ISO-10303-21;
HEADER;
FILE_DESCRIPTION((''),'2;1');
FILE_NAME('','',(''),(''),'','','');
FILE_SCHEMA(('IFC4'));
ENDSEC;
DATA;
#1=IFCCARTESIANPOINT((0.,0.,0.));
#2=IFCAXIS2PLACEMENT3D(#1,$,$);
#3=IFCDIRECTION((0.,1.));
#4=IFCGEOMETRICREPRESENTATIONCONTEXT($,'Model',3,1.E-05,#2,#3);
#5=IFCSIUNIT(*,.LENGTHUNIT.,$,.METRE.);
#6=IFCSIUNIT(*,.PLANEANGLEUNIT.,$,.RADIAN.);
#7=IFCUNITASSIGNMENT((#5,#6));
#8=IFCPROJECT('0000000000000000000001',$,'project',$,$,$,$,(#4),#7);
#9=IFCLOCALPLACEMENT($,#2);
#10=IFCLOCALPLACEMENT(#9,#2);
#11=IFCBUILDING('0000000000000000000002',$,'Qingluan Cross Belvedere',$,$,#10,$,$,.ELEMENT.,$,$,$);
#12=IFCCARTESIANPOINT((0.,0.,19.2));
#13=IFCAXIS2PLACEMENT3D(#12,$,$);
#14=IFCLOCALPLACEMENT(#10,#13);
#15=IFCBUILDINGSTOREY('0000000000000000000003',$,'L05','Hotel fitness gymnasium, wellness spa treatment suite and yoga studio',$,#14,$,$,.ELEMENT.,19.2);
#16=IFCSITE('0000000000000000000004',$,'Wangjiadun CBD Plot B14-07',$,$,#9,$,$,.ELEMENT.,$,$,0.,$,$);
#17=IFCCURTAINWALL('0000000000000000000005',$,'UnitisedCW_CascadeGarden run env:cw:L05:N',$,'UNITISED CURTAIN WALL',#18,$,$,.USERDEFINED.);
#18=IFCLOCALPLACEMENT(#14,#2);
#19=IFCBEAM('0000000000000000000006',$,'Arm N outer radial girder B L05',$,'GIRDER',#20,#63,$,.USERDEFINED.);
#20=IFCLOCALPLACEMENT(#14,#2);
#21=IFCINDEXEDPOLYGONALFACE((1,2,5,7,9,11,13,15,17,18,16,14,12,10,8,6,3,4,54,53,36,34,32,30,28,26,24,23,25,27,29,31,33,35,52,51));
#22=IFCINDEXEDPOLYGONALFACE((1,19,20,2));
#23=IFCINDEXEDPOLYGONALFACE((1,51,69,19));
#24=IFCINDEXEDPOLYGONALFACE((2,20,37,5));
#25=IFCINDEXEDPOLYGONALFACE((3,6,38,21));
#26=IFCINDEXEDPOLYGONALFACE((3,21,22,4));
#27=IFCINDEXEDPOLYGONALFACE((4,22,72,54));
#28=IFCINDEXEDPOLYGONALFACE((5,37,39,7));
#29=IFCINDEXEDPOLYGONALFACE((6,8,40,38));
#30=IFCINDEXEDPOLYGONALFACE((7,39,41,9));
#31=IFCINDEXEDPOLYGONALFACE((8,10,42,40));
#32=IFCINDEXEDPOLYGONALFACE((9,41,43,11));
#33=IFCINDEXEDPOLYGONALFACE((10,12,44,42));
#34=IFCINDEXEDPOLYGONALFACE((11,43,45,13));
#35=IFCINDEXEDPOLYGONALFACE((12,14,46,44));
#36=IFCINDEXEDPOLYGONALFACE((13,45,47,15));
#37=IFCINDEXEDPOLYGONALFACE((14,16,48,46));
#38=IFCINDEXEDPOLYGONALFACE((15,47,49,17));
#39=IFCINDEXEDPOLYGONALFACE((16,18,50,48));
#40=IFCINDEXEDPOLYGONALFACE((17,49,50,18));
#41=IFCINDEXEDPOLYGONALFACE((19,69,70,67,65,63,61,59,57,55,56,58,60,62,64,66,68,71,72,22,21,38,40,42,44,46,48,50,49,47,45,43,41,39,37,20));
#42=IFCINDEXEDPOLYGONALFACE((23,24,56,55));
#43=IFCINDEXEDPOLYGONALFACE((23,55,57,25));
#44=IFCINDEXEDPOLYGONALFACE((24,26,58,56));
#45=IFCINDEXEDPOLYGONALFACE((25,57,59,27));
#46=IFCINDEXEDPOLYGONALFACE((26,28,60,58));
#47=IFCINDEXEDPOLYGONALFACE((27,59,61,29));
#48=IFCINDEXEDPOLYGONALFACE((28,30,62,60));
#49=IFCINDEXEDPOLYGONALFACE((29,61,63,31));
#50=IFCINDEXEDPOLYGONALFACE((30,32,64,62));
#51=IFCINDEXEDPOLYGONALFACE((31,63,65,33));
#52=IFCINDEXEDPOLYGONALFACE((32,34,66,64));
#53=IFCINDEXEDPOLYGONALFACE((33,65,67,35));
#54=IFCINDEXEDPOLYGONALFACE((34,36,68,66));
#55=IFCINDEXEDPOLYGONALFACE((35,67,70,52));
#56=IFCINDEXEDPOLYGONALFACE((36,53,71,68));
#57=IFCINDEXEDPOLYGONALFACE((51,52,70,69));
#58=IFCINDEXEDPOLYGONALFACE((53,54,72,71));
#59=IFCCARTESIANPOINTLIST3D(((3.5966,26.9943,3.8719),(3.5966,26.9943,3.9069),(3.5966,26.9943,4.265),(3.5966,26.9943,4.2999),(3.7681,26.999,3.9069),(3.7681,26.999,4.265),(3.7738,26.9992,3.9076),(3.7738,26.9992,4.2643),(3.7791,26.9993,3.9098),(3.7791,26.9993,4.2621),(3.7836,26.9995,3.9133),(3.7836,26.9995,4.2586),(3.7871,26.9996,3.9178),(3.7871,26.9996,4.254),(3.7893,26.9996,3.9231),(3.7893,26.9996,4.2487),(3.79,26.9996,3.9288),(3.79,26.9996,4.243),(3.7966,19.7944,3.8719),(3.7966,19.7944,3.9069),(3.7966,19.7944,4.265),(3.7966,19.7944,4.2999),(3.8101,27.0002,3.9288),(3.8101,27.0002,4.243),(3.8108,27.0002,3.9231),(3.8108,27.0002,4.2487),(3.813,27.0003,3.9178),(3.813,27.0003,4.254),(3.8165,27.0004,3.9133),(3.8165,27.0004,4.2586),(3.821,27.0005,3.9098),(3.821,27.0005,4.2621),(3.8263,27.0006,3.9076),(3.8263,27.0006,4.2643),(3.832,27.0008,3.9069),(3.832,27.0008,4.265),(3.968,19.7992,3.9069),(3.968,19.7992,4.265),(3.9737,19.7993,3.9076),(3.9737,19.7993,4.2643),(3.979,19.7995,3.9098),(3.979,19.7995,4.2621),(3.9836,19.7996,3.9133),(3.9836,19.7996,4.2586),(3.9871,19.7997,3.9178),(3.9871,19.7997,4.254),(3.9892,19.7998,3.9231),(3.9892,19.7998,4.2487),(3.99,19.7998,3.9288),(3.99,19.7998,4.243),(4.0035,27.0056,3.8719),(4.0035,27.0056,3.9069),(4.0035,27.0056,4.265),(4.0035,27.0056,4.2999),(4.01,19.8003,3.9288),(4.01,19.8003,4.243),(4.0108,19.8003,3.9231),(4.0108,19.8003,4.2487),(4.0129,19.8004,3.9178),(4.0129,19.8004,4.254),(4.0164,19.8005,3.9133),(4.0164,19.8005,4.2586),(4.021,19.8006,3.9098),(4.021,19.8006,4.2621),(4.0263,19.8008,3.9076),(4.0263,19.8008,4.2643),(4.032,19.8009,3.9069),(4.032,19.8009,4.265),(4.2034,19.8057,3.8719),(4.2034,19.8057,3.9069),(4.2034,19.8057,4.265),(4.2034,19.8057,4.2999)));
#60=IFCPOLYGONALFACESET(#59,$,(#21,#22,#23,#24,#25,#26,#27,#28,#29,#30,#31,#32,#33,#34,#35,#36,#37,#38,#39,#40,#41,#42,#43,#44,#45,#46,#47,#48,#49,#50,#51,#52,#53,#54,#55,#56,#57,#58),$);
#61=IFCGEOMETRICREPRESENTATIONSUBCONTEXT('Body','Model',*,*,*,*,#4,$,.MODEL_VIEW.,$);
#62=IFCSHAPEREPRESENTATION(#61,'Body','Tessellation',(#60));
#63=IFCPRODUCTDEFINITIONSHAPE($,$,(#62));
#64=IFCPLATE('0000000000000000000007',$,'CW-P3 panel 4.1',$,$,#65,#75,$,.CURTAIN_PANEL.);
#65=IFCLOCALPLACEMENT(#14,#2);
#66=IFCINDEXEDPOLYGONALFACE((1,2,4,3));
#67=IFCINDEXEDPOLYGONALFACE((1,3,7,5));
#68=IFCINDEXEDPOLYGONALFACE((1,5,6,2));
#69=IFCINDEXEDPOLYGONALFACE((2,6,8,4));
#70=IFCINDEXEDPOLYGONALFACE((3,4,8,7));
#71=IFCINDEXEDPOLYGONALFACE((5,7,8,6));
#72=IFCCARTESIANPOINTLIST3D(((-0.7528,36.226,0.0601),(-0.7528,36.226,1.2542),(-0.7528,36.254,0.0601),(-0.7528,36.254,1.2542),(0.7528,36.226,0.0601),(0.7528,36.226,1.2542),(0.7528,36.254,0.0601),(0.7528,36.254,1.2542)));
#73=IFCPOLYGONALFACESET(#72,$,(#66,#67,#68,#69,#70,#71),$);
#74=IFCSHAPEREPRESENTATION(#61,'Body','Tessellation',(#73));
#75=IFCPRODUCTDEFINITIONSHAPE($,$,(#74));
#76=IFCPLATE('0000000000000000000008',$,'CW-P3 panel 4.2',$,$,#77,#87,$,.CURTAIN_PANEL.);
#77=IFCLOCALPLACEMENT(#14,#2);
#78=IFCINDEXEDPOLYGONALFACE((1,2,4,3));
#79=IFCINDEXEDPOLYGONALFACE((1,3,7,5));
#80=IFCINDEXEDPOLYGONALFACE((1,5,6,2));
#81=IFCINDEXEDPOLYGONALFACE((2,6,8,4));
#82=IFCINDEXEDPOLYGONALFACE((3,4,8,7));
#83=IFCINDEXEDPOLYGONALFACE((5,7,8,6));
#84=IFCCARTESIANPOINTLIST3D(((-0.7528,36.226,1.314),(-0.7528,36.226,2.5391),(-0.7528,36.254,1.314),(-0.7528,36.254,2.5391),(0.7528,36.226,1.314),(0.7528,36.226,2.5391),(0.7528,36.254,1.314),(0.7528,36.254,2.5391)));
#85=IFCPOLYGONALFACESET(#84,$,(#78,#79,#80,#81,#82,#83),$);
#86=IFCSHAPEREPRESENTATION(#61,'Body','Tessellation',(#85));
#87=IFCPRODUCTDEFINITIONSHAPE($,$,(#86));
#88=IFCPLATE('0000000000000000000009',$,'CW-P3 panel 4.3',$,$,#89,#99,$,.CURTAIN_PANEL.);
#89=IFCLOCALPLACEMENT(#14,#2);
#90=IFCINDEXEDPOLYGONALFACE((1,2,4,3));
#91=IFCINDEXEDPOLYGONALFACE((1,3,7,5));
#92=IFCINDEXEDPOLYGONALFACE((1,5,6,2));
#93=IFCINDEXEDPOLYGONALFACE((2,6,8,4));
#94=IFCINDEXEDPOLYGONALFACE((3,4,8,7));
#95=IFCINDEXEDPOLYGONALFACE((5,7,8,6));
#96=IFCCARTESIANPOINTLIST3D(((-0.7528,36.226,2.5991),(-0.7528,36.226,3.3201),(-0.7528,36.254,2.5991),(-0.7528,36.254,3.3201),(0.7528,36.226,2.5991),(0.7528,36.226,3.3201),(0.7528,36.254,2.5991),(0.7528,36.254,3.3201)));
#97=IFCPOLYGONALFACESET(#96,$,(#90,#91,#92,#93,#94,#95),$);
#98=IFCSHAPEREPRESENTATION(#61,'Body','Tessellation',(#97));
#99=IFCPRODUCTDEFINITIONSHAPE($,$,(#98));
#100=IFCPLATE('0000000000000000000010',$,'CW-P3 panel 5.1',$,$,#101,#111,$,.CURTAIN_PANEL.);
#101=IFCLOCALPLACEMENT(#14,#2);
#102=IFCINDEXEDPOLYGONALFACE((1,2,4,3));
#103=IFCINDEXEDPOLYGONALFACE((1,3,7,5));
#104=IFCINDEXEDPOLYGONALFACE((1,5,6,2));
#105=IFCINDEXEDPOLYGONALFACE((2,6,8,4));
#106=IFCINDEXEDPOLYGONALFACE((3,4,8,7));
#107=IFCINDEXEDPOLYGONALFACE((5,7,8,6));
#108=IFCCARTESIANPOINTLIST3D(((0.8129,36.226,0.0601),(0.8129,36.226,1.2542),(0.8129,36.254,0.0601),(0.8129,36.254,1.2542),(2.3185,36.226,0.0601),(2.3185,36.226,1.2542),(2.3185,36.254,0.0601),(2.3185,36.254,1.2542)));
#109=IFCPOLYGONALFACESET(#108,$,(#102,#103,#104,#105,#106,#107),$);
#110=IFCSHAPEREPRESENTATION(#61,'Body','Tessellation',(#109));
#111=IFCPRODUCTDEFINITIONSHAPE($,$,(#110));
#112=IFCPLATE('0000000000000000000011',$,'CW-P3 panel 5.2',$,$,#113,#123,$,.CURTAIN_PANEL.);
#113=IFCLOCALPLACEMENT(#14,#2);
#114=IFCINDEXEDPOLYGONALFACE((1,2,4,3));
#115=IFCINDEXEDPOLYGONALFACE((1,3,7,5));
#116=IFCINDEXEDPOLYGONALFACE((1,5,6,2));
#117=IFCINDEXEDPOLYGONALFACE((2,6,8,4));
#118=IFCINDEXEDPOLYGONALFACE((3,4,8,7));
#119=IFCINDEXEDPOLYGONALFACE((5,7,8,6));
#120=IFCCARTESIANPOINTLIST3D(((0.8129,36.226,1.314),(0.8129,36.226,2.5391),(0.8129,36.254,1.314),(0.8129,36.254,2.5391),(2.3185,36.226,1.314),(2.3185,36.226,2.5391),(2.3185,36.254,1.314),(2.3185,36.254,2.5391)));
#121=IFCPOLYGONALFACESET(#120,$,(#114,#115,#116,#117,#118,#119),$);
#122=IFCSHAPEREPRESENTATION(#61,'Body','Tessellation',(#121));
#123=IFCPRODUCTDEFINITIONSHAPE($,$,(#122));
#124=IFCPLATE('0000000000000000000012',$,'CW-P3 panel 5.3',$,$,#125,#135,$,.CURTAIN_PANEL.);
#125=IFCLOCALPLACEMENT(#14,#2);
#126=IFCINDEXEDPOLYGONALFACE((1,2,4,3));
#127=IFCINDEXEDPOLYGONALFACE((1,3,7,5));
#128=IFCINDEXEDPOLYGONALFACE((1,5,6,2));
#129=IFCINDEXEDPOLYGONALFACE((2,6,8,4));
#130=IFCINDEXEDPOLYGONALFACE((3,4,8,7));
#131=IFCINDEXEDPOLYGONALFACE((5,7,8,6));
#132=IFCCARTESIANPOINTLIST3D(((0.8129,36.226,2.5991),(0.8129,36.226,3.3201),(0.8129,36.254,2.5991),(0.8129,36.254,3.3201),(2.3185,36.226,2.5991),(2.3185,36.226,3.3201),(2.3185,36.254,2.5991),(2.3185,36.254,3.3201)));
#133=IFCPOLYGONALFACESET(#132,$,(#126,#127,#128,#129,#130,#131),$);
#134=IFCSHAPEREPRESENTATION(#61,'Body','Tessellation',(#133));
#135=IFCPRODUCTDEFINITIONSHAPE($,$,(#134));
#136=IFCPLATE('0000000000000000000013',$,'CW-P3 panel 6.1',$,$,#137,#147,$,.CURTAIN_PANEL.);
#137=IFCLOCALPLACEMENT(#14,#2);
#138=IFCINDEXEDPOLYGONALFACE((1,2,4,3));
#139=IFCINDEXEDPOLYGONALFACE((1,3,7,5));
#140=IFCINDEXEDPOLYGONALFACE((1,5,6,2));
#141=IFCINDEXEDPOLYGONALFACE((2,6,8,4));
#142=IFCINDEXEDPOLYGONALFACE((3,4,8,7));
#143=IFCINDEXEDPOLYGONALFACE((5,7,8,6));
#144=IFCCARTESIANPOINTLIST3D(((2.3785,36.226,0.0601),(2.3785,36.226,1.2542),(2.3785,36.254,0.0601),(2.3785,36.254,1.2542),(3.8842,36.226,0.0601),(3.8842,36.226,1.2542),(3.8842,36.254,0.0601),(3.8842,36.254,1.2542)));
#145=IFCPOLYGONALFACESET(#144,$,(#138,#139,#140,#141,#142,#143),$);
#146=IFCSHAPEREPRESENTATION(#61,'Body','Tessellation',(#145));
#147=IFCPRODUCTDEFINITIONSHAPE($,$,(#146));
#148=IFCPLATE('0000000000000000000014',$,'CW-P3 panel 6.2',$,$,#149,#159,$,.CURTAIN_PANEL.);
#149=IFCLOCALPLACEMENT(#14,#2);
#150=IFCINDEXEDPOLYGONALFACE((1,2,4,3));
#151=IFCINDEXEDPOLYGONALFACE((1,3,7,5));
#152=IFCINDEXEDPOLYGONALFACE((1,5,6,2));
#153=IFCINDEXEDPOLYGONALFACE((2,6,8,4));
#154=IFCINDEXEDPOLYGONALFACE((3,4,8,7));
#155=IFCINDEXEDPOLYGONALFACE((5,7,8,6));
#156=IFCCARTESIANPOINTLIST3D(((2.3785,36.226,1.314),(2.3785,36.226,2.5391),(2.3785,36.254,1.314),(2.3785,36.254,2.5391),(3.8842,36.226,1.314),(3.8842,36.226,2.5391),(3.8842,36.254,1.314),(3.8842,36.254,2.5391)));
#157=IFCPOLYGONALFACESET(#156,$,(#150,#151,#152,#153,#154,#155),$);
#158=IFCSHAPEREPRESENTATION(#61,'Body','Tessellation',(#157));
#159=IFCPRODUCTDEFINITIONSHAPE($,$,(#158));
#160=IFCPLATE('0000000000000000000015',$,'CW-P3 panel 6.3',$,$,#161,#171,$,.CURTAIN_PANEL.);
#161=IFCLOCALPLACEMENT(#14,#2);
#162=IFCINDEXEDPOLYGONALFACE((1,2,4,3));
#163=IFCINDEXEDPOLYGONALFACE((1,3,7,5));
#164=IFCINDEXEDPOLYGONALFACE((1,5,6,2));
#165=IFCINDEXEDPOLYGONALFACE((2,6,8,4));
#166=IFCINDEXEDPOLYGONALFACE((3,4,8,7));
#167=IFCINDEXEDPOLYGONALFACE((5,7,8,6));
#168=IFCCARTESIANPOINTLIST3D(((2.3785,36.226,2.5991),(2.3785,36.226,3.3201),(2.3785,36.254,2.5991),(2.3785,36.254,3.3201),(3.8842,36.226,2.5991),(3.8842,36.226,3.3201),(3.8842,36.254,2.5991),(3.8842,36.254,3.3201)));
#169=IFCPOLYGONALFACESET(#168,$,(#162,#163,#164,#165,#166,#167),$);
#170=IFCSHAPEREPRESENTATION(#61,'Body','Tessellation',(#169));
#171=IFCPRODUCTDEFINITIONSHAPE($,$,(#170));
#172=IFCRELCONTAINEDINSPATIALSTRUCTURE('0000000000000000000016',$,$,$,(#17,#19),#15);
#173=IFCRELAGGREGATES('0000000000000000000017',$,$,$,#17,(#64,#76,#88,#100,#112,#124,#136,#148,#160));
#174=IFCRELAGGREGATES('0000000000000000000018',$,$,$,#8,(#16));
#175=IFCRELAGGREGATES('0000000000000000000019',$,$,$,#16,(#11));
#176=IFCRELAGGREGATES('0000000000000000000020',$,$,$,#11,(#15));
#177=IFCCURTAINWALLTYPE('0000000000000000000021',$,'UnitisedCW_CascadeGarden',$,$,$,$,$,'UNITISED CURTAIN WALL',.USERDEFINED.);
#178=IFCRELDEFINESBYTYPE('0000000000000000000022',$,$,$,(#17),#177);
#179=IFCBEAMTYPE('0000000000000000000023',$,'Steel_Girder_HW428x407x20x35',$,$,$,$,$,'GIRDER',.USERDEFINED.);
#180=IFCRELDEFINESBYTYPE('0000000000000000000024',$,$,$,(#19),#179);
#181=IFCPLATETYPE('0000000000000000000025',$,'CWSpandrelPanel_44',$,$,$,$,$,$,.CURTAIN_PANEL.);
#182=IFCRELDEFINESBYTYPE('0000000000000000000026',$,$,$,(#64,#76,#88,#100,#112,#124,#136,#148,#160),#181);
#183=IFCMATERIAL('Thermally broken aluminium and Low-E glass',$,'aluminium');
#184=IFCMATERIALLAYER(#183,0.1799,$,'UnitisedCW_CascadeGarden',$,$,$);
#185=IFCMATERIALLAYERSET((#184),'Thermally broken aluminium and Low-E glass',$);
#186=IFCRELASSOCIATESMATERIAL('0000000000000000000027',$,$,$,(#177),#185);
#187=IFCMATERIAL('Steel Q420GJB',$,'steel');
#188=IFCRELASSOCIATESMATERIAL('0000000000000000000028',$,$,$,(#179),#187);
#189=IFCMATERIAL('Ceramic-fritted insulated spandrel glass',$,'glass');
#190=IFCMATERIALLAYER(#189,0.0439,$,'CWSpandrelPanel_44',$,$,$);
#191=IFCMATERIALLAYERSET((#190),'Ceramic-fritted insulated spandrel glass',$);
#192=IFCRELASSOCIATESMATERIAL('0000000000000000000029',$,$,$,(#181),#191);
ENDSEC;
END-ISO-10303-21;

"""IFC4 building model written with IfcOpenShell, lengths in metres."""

from ifc_helpers import new_model, si_unit, direction, frame, origin, origin_2d, place, context, subcontext, project, spatial, rectangle, i_section, extrude, material, layer, layer_set, material_profile, profile_set, type_object, element, aggregate, save


model = new_model("IFC4")

# Units and contexts
model_context = context("Model", 3, precision=1e-05, world=origin(), true_north=direction((0.0, 1.0)))
body_context = subcontext(model_context, "Body", "Model", "MODEL_VIEW")
ifc_project = project(units=[si_unit("LENGTHUNIT", "METRE"), si_unit("PLANEANGLEUNIT", "RADIAN")], contexts=[model_context])

# Site, building, storey
site_placement = place(None, origin())
site = spatial("IfcSite", under=ifc_project, at=site_placement, Name="Wangjiadun CBD Plot B14-07", CompositionType="ELEMENT", RefElevation=0.0)
building_placement = place(site_placement, origin())
building = spatial("IfcBuilding", under=site, at=building_placement, Name="Qingluan Cross Belvedere", CompositionType="ELEMENT")
storey_placement = place(building_placement, frame((0.0, 0.0, 19.2)))
storey = spatial("IfcBuildingStorey", under=building, at=storey_placement, Name="L05", Description="Hotel fitness gymnasium, wellness spa treatment suite and yoga studio", CompositionType="ELEMENT", Elevation=19.2)

# Curtain wall
ifc_material_1 = material(Name="Thermally broken aluminium and Low-E glass", Category="aluminium")
ifc_layer_1 = layer(ifc_material_1, 0.1799, Name="UnitisedCW_CascadeGarden")
ifc_layer_set_1 = layer_set([ifc_layer_1], Name="Thermally broken aluminium and Low-E glass")
curtain_wall_type = type_object("IfcCurtainWallType", Name="UnitisedCW_CascadeGarden", ElementType="UNITISED CURTAIN WALL", PredefinedType="USERDEFINED", material=ifc_layer_set_1)
curtain_wall_placement = place(storey_placement, origin())
curtain_wall = element("IfcCurtainWall", 1, at=curtain_wall_placement, inside=storey, type_object=curtain_wall_type, Name="UnitisedCW_CascadeGarden run env:cw:L05:N", ObjectType="UNITISED CURTAIN WALL", PredefinedType="USERDEFINED")

# Beam
ifc_material_2 = material(Name="Steel Q420GJB", Category="steel")
ifc_material_profile_1 = material_profile(ifc_material_2, i_section(OverallWidth=0.407, OverallDepth=0.428, WebThickness=0.02, FlangeThickness=0.0349, FilletRadius=0.022, at=origin_2d()), Name="HW428x407x20x35")
ifc_profile_set_1 = profile_set([ifc_material_profile_1], Name="Steel Q420GJB")
beam_type = type_object("IfcBeamType", Name="Steel_Girder_HW428x407x20x35", ElementType="GIRDER", PredefinedType="USERDEFINED", material=ifc_profile_set_1)
beam_1_placement = place(storey_placement, frame((4.0, 19.8, 4.0859), z_axis=(-0.02776, 0.999615, 0.0), x_axis=(-0.999615, -0.02776, 0.0)))
element("IfcBeam", 2, at=beam_1_placement, inside=storey, type_object=beam_type, Name="Arm N outer radial girder B L05", ObjectType="GIRDER", PredefinedType="USERDEFINED", context=body_context, shape_type="SweptSolid", body=[
    extrude(i_section(OverallWidth=0.407, OverallDepth=0.428, WebThickness=0.02, FlangeThickness=0.0349, FilletRadius=0.022, at=origin_2d()), origin(), (0.0, 0.0, 1.0), 7.2026),
])

# Plates
ifc_material_3 = material(Name="Ceramic-fritted insulated spandrel glass", Category="glass")
ifc_layer_2 = layer(ifc_material_3, 0.0439, Name="CWSpandrelPanel_44")
ifc_layer_set_2 = layer_set([ifc_layer_2], Name="Ceramic-fritted insulated spandrel glass")
plate_type = type_object("IfcPlateType", Name="CWSpandrelPanel_44", PredefinedType="CURTAIN_PANEL", material=ifc_layer_set_2)
plate_1_placement = place(storey_placement, frame((0.0, 36.24, 0.0601), z_axis=(0.0, 0.0, 1.0), x_axis=(1.0, 0.0, 0.0)))
plate_1 = element("IfcPlate", 3, at=plate_1_placement, type_object=plate_type, Name="CW-P3 panel 4.1", PredefinedType="CURTAIN_PANEL", context=body_context, shape_type="SweptSolid", body=[
    extrude(rectangle(XDim=1.5056, YDim=0.0281, at=origin_2d()), origin(), (0.0, 0.0, 1.0), 1.1941),
])
plate_2_placement = place(storey_placement, frame((0.0, 36.24, 1.314), z_axis=(0.0, 0.0, 1.0), x_axis=(1.0, 0.0, 0.0)))
plate_2 = element("IfcPlate", 4, at=plate_2_placement, type_object=plate_type, Name="CW-P3 panel 4.2", PredefinedType="CURTAIN_PANEL", context=body_context, shape_type="SweptSolid", body=[
    extrude(rectangle(XDim=1.5056, YDim=0.0281, at=origin_2d()), origin(), (0.0, 0.0, 1.0), 1.2251),
])
plate_3_placement = place(storey_placement, frame((0.0, 36.24, 2.5991), z_axis=(0.0, 0.0, 1.0), x_axis=(1.0, 0.0, 0.0)))
plate_3 = element("IfcPlate", 5, at=plate_3_placement, type_object=plate_type, Name="CW-P3 panel 4.3", PredefinedType="CURTAIN_PANEL", context=body_context, shape_type="SweptSolid", body=[
    extrude(rectangle(XDim=1.5056, YDim=0.0281, at=origin_2d()), origin(), (0.0, 0.0, 1.0), 0.7209),
])
plate_4_placement = place(storey_placement, frame((1.5657, 36.24, 0.0601), z_axis=(0.0, 0.0, 1.0), x_axis=(1.0, 0.0, 0.0)))
plate_4 = element("IfcPlate", 6, at=plate_4_placement, type_object=plate_type, Name="CW-P3 panel 5.1", PredefinedType="CURTAIN_PANEL", context=body_context, shape_type="SweptSolid", body=[
    extrude(rectangle(XDim=1.5056, YDim=0.0281, at=origin_2d()), origin(), (0.0, 0.0, 1.0), 1.1941),
])
plate_5_placement = place(storey_placement, frame((1.5657, 36.24, 1.314), z_axis=(0.0, 0.0, 1.0), x_axis=(1.0, 0.0, 0.0)))
plate_5 = element("IfcPlate", 7, at=plate_5_placement, type_object=plate_type, Name="CW-P3 panel 5.2", PredefinedType="CURTAIN_PANEL", context=body_context, shape_type="SweptSolid", body=[
    extrude(rectangle(XDim=1.5056, YDim=0.0281, at=origin_2d()), origin(), (0.0, 0.0, 1.0), 1.2251),
])
plate_6_placement = place(storey_placement, frame((1.5657, 36.24, 2.5991), z_axis=(0.0, 0.0, 1.0), x_axis=(1.0, 0.0, 0.0)))
plate_6 = element("IfcPlate", 8, at=plate_6_placement, type_object=plate_type, Name="CW-P3 panel 5.3", PredefinedType="CURTAIN_PANEL", context=body_context, shape_type="SweptSolid", body=[
    extrude(rectangle(XDim=1.5056, YDim=0.0281, at=origin_2d()), origin(), (0.0, 0.0, 1.0), 0.7209),
])
plate_7_placement = place(storey_placement, frame((3.1313, 36.24, 0.0601), z_axis=(0.0, 0.0, 1.0), x_axis=(1.0, 0.0, 0.0)))
plate_7 = element("IfcPlate", 9, at=plate_7_placement, type_object=plate_type, Name="CW-P3 panel 6.1", PredefinedType="CURTAIN_PANEL", context=body_context, shape_type="SweptSolid", body=[
    extrude(rectangle(XDim=1.5056, YDim=0.0281, at=origin_2d()), origin(), (0.0, 0.0, 1.0), 1.1941),
])
plate_8_placement = place(storey_placement, frame((3.1313, 36.24, 1.314), z_axis=(0.0, 0.0, 1.0), x_axis=(1.0, 0.0, 0.0)))
plate_8 = element("IfcPlate", 10, at=plate_8_placement, type_object=plate_type, Name="CW-P3 panel 6.2", PredefinedType="CURTAIN_PANEL", context=body_context, shape_type="SweptSolid", body=[
    extrude(rectangle(XDim=1.5056, YDim=0.0281, at=origin_2d()), origin(), (0.0, 0.0, 1.0), 1.2251),
])
plate_9_placement = place(storey_placement, frame((3.1313, 36.24, 2.5991), z_axis=(0.0, 0.0, 1.0), x_axis=(1.0, 0.0, 0.0)))
plate_9 = element("IfcPlate", 11, at=plate_9_placement, type_object=plate_type, Name="CW-P3 panel 6.3", PredefinedType="CURTAIN_PANEL", context=body_context, shape_type="SweptSolid", body=[
    extrude(rectangle(XDim=1.5056, YDim=0.0281, at=origin_2d()), origin(), (0.0, 0.0, 1.0), 0.7209),
])
aggregate(curtain_wall, [plate_1, plate_2, plate_3, plate_4, plate_5, plate_6, plate_7, plate_8, plate_9])

save(model, "model.ifc")
